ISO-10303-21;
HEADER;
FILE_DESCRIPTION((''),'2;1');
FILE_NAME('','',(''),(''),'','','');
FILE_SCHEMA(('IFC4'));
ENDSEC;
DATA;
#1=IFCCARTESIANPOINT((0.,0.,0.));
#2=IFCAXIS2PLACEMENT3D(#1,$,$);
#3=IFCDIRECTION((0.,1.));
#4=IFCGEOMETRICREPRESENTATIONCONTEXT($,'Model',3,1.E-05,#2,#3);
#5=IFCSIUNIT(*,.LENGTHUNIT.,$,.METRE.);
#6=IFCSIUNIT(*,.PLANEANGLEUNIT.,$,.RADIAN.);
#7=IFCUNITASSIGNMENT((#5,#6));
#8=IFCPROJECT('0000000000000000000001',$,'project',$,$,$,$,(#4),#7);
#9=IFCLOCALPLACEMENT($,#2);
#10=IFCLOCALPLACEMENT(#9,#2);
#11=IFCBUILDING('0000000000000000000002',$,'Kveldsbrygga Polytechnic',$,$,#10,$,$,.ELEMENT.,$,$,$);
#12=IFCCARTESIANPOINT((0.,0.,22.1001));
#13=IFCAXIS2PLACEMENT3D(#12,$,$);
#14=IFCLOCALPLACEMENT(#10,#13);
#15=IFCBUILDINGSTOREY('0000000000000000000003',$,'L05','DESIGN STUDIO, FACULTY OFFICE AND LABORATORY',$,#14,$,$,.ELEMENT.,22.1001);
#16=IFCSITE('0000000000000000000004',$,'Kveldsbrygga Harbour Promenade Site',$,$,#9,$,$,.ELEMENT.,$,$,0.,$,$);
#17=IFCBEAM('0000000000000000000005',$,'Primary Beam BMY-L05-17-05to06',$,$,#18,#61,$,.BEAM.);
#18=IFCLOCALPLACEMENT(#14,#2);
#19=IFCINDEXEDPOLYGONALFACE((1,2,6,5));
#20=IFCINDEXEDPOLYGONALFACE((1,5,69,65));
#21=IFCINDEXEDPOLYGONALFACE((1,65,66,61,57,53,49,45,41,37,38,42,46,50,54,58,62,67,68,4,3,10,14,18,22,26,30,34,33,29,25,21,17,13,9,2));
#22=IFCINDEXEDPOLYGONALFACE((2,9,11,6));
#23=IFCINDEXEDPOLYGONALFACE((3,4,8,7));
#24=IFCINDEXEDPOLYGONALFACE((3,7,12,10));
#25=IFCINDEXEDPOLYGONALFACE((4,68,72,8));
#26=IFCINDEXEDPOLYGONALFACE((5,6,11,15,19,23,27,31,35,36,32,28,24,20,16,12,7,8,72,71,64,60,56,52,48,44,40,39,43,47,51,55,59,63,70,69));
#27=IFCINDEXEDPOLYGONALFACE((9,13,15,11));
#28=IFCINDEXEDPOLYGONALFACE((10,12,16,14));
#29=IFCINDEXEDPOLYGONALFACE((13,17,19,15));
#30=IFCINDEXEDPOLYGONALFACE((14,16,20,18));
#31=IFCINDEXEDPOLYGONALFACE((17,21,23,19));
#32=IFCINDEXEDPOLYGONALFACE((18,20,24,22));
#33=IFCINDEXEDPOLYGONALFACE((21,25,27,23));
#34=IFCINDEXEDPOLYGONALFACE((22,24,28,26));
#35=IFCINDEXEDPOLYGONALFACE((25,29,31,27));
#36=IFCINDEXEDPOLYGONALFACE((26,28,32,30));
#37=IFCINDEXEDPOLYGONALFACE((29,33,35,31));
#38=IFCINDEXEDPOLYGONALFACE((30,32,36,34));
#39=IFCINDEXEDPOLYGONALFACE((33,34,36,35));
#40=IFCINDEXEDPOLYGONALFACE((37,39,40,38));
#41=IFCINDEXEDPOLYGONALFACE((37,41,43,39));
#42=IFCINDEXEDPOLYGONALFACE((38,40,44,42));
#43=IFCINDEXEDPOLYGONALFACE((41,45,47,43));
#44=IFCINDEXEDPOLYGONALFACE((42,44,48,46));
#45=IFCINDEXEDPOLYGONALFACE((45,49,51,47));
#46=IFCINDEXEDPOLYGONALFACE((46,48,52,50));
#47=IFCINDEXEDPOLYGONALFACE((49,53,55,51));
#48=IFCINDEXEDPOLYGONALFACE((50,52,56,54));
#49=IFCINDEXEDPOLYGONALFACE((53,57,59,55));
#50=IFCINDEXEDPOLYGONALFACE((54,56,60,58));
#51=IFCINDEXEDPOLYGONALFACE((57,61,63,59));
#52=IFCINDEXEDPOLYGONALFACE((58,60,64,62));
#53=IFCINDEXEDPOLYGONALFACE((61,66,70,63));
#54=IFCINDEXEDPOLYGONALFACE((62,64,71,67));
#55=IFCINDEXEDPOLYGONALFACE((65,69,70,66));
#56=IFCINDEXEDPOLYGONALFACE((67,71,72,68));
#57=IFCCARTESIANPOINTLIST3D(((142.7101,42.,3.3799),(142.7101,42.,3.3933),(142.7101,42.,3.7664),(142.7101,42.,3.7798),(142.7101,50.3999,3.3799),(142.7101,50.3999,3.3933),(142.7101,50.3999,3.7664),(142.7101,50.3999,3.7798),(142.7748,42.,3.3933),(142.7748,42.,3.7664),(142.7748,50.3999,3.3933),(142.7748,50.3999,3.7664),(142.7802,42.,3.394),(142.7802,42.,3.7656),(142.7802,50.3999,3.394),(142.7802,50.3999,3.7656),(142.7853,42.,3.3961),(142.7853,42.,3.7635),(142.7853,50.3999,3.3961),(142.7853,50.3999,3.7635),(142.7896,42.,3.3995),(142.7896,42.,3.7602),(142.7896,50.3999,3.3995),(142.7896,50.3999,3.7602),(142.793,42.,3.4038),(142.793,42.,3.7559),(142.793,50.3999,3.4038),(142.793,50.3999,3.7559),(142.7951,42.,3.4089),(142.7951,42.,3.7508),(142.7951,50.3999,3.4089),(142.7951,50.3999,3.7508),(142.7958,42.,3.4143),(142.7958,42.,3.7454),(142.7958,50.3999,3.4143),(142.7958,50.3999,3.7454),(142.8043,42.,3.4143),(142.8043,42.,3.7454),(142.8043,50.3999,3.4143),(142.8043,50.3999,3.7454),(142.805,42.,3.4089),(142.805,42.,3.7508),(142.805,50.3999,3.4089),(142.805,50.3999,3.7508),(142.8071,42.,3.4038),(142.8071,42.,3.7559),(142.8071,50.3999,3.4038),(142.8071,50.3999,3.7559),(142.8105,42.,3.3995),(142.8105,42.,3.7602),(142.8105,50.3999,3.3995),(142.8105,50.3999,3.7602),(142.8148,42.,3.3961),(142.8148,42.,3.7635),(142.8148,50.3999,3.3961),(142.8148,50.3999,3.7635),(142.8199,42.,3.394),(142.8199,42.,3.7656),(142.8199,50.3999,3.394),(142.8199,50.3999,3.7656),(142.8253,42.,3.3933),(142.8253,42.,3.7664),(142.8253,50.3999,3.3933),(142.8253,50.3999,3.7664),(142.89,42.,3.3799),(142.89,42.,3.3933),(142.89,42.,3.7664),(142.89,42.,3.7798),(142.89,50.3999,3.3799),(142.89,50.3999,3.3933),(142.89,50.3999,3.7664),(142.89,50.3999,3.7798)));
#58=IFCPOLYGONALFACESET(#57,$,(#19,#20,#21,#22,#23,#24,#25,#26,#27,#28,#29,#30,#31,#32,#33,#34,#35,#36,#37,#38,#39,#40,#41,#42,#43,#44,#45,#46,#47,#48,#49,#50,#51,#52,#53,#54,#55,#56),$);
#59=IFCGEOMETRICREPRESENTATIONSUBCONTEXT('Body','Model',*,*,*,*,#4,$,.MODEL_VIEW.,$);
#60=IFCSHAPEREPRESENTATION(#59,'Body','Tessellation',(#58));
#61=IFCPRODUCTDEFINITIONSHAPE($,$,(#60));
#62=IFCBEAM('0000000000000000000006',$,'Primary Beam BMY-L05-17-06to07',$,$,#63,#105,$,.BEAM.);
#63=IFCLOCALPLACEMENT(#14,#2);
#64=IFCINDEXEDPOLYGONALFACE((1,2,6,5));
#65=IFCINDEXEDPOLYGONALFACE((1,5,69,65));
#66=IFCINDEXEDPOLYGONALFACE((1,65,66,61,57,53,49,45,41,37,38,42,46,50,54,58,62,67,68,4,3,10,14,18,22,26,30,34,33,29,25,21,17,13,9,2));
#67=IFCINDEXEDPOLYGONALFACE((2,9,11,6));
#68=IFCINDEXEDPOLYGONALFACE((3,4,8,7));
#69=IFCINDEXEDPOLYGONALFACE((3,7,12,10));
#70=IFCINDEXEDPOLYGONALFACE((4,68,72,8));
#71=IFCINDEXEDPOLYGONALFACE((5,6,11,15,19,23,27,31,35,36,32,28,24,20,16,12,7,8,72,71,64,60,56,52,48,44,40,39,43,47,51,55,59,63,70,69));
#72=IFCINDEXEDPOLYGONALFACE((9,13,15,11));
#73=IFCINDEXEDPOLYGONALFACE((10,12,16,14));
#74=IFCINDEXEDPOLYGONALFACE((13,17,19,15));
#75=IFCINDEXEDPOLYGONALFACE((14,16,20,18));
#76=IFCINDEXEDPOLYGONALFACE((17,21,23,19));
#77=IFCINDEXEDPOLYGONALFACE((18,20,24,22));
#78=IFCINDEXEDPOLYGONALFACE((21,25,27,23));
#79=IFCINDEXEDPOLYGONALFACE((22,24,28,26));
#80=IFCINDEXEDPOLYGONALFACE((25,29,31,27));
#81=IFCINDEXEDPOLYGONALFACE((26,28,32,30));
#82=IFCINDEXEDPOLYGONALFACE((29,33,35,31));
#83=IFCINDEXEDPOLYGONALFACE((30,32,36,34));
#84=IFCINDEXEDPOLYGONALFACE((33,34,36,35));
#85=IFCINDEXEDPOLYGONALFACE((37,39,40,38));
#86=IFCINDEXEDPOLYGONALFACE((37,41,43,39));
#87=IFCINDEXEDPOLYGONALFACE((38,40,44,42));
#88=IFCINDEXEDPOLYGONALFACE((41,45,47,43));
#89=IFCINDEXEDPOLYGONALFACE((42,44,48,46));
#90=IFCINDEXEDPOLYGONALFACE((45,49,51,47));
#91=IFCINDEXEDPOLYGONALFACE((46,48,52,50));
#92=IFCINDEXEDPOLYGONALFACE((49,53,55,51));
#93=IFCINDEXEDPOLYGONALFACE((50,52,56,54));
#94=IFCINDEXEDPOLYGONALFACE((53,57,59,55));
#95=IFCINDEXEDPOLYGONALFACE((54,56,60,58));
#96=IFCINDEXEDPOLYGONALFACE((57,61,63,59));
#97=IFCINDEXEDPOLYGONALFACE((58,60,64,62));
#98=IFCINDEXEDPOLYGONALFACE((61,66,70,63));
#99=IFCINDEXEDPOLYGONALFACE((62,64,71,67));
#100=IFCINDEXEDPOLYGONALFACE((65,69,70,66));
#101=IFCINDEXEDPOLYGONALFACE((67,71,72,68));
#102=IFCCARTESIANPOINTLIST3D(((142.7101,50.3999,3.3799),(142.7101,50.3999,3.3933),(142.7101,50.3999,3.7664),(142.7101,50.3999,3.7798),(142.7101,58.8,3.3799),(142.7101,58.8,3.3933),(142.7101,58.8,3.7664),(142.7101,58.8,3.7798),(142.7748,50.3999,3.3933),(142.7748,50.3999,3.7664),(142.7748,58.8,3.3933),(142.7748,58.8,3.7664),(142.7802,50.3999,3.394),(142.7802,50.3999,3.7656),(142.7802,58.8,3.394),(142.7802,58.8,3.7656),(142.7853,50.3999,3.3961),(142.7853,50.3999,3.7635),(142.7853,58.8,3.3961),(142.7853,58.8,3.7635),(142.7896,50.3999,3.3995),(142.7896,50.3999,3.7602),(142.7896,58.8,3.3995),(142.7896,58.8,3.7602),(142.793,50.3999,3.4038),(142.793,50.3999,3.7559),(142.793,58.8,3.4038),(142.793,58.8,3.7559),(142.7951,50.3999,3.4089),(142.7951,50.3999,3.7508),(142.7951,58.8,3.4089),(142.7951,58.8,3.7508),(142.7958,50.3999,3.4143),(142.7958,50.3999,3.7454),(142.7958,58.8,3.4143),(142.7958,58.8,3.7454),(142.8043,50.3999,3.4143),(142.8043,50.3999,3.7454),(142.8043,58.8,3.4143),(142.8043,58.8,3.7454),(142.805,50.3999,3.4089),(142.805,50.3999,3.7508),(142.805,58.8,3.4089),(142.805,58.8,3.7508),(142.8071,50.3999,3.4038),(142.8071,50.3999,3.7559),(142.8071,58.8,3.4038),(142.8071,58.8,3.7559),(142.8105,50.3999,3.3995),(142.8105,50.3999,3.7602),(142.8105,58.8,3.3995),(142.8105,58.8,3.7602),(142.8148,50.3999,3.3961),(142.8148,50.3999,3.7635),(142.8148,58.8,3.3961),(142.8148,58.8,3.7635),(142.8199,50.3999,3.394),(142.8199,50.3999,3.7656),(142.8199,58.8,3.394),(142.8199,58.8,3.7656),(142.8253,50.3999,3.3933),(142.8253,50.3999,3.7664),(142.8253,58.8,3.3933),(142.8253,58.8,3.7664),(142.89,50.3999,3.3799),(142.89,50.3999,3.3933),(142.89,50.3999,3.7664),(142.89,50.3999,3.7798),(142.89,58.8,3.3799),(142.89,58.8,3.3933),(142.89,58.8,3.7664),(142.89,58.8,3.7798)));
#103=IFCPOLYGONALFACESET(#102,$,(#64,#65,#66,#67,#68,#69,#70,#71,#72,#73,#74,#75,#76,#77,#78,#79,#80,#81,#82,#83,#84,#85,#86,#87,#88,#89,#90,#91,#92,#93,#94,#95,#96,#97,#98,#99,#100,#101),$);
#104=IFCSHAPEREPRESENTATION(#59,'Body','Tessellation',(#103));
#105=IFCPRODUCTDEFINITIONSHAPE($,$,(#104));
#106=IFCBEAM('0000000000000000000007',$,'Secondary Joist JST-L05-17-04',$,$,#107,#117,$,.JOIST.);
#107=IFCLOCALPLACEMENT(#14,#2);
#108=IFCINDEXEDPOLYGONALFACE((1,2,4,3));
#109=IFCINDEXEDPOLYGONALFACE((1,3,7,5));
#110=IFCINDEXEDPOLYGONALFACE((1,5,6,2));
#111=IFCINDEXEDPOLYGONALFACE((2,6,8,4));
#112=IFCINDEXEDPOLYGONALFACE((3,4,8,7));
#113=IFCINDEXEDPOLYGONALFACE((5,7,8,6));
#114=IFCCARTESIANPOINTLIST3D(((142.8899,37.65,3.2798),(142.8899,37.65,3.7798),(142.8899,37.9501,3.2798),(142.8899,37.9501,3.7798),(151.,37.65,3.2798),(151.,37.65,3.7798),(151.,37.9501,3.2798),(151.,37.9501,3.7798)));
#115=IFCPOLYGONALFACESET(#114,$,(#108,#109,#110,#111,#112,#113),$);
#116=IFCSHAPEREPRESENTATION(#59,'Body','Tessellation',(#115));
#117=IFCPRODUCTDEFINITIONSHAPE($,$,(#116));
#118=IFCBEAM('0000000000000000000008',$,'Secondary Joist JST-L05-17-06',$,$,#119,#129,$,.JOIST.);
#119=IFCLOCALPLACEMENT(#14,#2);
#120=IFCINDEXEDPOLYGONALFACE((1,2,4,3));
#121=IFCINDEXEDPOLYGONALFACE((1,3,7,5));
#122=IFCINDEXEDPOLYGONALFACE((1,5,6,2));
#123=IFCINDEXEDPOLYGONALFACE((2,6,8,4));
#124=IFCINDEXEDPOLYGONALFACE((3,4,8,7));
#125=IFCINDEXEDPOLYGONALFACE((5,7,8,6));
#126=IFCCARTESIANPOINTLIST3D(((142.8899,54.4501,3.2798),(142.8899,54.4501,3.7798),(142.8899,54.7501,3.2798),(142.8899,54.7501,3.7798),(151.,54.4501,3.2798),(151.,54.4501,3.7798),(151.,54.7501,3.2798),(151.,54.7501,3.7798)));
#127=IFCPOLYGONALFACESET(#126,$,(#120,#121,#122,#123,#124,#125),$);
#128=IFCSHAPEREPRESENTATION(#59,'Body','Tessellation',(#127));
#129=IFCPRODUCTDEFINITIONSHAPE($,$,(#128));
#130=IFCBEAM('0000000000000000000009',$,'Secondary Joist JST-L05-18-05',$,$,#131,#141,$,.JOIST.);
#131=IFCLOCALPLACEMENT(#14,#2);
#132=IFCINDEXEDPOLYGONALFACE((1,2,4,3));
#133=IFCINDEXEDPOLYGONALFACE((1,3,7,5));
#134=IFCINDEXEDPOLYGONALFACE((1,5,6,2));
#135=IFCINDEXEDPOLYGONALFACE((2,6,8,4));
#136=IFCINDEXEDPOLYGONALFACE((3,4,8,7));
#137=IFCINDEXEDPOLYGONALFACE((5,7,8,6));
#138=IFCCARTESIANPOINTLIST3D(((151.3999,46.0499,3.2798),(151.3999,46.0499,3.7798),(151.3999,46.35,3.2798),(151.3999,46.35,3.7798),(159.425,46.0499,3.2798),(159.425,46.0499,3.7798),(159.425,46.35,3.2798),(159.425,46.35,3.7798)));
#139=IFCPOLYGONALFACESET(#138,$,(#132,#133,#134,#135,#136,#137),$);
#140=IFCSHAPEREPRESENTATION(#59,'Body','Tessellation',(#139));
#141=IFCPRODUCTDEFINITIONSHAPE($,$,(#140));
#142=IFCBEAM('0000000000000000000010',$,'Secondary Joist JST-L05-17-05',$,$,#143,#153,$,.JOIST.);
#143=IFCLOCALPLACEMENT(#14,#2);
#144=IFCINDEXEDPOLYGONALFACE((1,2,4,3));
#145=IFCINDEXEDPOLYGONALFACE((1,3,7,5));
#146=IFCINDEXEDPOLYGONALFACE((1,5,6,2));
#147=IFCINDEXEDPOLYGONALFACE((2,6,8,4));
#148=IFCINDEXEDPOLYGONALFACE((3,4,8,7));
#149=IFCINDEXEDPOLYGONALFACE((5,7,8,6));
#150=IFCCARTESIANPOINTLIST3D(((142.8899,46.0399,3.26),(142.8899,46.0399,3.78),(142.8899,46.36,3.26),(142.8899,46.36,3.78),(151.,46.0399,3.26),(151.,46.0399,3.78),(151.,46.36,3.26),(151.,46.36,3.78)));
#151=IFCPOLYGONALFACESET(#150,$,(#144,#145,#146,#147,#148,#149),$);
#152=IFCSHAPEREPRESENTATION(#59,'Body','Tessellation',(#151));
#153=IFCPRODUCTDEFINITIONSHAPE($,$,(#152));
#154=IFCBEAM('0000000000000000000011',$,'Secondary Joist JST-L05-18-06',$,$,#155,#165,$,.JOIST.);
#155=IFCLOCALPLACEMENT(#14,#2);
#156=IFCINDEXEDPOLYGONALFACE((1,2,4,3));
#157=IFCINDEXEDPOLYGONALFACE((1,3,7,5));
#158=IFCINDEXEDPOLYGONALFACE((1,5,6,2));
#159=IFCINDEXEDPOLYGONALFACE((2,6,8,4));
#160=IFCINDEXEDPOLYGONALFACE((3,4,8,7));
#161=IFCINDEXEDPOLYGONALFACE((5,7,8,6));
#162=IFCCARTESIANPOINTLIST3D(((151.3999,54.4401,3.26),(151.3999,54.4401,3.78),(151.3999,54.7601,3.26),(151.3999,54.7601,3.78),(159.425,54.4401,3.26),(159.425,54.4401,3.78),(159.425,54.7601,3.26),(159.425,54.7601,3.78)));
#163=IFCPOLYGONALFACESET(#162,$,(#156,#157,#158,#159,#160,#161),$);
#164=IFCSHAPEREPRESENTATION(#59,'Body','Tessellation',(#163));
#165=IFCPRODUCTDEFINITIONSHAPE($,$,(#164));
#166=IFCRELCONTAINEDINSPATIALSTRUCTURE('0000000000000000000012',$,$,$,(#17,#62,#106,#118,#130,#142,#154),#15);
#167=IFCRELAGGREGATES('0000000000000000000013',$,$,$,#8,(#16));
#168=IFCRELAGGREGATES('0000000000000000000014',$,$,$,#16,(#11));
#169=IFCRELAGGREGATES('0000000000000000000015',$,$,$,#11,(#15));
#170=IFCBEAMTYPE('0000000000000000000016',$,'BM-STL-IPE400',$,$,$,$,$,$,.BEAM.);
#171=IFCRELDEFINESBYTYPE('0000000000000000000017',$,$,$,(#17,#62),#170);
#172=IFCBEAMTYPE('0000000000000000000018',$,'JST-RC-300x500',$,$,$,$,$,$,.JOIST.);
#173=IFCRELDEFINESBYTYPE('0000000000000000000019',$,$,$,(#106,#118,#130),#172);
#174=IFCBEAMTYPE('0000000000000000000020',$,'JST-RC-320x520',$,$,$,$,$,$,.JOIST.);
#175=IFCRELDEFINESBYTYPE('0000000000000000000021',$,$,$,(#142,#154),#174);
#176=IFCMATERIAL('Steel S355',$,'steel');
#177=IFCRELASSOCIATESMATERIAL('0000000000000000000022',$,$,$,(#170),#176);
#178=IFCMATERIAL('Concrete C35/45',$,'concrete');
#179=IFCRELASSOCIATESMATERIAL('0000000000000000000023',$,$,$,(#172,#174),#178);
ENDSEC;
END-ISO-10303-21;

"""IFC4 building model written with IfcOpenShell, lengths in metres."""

from ifc_helpers import new_model, si_unit, direction, frame, origin, origin_2d, place, context, subcontext, project, spatial, rectangle, i_section, extrude, material, material_profile, profile_set, type_object, element, save


model = new_model("IFC4")

# Units and contexts
model_context = context("Model", 3, precision=1e-05, world=origin(), true_north=direction((0.0, 1.0)))
body_context = subcontext(model_context, "Body", "Model", "MODEL_VIEW")
ifc_project = project(units=[si_unit("LENGTHUNIT", "METRE"), si_unit("PLANEANGLEUNIT", "RADIAN")], contexts=[model_context])

# Site, building, storey
site_placement = place(None, origin())
site = spatial("IfcSite", under=ifc_project, at=site_placement, Name="Kveldsbrygga Harbour Promenade Site", CompositionType="ELEMENT", RefElevation=0.0)
building_placement = place(site_placement, origin())
building = spatial("IfcBuilding", under=site, at=building_placement, Name="Kveldsbrygga Polytechnic", CompositionType="ELEMENT")
storey_placement = place(building_placement, frame((0.0, 0.0, 22.1001)))
storey = spatial("IfcBuildingStorey", under=building, at=storey_placement, Name="L05", Description="DESIGN STUDIO, FACULTY OFFICE AND LABORATORY", CompositionType="ELEMENT", Elevation=22.1001)

# Beams
ifc_material_1 = material(Name="Concrete C35/45", Category="concrete")
ifc_material_2 = material(Name="Steel S355", Category="steel")
ifc_material_profile_1 = material_profile(ifc_material_2, i_section(OverallWidth=0.1799, OverallDepth=0.3999, WebThickness=0.0085, FlangeThickness=0.0134, FilletRadius=0.021, at=origin_2d()), Name="IPE 400")
ifc_profile_set_1 = profile_set([ifc_material_profile_1], Name="Steel S355")
beam_type_1 = type_object("IfcBeamType", Name="BM-STL-IPE400", PredefinedType="BEAM", material=ifc_profile_set_1)
beam_1_placement = place(storey_placement, frame((142.8, 42.0, 3.5798), z_axis=(0.0, 1.0, 0.0), x_axis=(-1.0, 0.0, 0.0)))
element("IfcBeam", 1, at=beam_1_placement, inside=storey, type_object=beam_type_1, Name="Primary Beam BMY-L05-17-05to06", PredefinedType="BEAM", context=body_context, shape_type="SweptSolid", body=[
    extrude(i_section(OverallWidth=0.1799, OverallDepth=0.3999, WebThickness=0.0085, FlangeThickness=0.0134, FilletRadius=0.021, at=origin_2d()), origin(), (0.0, 0.0, 1.0), 8.3999),
])
beam_2_placement = place(storey_placement, frame((142.8, 50.3999, 3.5798), z_axis=(0.0, 1.0, 0.0), x_axis=(-1.0, 0.0, 0.0)))
element("IfcBeam", 2, at=beam_2_placement, inside=storey, type_object=beam_type_1, Name="Primary Beam BMY-L05-17-06to07", PredefinedType="BEAM", context=body_context, shape_type="SweptSolid", body=[
    extrude(i_section(OverallWidth=0.1799, OverallDepth=0.3999, WebThickness=0.0085, FlangeThickness=0.0134, FilletRadius=0.021, at=origin_2d()), origin(), (0.0, 0.0, 1.0), 8.4001),
])
ifc_material_profile_2 = material_profile(ifc_material_1, rectangle(XDim=0.3, YDim=0.5, at=origin_2d()), Name="RC 300x500")
ifc_profile_set_2 = profile_set([ifc_material_profile_2], Name="Concrete C35/45")
beam_type_2 = type_object("IfcBeamType", Name="JST-RC-300x500", PredefinedType="JOIST", material=ifc_profile_set_2)
for number, where, z_axis, x_axis, name in (
    (3, (142.8899, 37.8, 3.5298), (1.0, 0.0, 0.0), (0.0, 1.0, 0.0), "Secondary Joist JST-L05-17-04"),
    (4, (142.8899, 54.6001, 3.5298), (1.0, 0.0, 0.0), (0.0, 1.0, 0.0), "Secondary Joist JST-L05-17-06"),
):
    element("IfcBeam", number, at=place(storey_placement, frame(where, z_axis=z_axis, x_axis=x_axis)), inside=storey, type_object=beam_type_2, Name=name, PredefinedType="JOIST", context=body_context, shape_type="SweptSolid", body=[
        extrude(rectangle(XDim=0.3, YDim=0.5, at=origin_2d()), origin(), (0.0, 0.0, 1.0), 8.1101),
    ])
beam_3_placement = place(storey_placement, frame((151.3999, 46.2, 3.5298), z_axis=(1.0, 0.0, 0.0), x_axis=(0.0, 1.0, 0.0)))
element("IfcBeam", 5, at=beam_3_placement, inside=storey, type_object=beam_type_2, Name="Secondary Joist JST-L05-18-05", PredefinedType="JOIST", context=body_context, shape_type="SweptSolid", body=[
    extrude(rectangle(XDim=0.3, YDim=0.5, at=origin_2d()), origin(), (0.0, 0.0, 1.0), 8.0251),
])
ifc_material_profile_3 = material_profile(ifc_material_1, rectangle(XDim=0.3201, YDim=0.52, at=origin_2d()), Name="RC 320x520")
ifc_profile_set_3 = profile_set([ifc_material_profile_3], Name="Concrete C35/45")
beam_type_3 = type_object("IfcBeamType", Name="JST-RC-320x520", PredefinedType="JOIST", material=ifc_profile_set_3)
beam_4_placement = place(storey_placement, frame((142.8899, 46.2, 3.52), z_axis=(1.0, 0.0, 0.0), x_axis=(0.0, 1.0, 0.0)))
element("IfcBeam", 6, at=beam_4_placement, inside=storey, type_object=beam_type_3, Name="Secondary Joist JST-L05-17-05", PredefinedType="JOIST", context=body_context, shape_type="SweptSolid", body=[
    extrude(rectangle(XDim=0.3201, YDim=0.52, at=origin_2d()), origin(), (0.0, 0.0, 1.0), 8.1101),
])
beam_5_placement = place(storey_placement, frame((151.3999, 54.6001, 3.52), z_axis=(1.0, 0.0, 0.0), x_axis=(0.0, 1.0, 0.0)))
element("IfcBeam", 7, at=beam_5_placement, inside=storey, type_object=beam_type_3, Name="Secondary Joist JST-L05-18-06", PredefinedType="JOIST", context=body_context, shape_type="SweptSolid", body=[
    extrude(rectangle(XDim=0.3201, YDim=0.52, at=origin_2d()), origin(), (0.0, 0.0, 1.0), 8.0251),
])

save(model, "model.ifc")
